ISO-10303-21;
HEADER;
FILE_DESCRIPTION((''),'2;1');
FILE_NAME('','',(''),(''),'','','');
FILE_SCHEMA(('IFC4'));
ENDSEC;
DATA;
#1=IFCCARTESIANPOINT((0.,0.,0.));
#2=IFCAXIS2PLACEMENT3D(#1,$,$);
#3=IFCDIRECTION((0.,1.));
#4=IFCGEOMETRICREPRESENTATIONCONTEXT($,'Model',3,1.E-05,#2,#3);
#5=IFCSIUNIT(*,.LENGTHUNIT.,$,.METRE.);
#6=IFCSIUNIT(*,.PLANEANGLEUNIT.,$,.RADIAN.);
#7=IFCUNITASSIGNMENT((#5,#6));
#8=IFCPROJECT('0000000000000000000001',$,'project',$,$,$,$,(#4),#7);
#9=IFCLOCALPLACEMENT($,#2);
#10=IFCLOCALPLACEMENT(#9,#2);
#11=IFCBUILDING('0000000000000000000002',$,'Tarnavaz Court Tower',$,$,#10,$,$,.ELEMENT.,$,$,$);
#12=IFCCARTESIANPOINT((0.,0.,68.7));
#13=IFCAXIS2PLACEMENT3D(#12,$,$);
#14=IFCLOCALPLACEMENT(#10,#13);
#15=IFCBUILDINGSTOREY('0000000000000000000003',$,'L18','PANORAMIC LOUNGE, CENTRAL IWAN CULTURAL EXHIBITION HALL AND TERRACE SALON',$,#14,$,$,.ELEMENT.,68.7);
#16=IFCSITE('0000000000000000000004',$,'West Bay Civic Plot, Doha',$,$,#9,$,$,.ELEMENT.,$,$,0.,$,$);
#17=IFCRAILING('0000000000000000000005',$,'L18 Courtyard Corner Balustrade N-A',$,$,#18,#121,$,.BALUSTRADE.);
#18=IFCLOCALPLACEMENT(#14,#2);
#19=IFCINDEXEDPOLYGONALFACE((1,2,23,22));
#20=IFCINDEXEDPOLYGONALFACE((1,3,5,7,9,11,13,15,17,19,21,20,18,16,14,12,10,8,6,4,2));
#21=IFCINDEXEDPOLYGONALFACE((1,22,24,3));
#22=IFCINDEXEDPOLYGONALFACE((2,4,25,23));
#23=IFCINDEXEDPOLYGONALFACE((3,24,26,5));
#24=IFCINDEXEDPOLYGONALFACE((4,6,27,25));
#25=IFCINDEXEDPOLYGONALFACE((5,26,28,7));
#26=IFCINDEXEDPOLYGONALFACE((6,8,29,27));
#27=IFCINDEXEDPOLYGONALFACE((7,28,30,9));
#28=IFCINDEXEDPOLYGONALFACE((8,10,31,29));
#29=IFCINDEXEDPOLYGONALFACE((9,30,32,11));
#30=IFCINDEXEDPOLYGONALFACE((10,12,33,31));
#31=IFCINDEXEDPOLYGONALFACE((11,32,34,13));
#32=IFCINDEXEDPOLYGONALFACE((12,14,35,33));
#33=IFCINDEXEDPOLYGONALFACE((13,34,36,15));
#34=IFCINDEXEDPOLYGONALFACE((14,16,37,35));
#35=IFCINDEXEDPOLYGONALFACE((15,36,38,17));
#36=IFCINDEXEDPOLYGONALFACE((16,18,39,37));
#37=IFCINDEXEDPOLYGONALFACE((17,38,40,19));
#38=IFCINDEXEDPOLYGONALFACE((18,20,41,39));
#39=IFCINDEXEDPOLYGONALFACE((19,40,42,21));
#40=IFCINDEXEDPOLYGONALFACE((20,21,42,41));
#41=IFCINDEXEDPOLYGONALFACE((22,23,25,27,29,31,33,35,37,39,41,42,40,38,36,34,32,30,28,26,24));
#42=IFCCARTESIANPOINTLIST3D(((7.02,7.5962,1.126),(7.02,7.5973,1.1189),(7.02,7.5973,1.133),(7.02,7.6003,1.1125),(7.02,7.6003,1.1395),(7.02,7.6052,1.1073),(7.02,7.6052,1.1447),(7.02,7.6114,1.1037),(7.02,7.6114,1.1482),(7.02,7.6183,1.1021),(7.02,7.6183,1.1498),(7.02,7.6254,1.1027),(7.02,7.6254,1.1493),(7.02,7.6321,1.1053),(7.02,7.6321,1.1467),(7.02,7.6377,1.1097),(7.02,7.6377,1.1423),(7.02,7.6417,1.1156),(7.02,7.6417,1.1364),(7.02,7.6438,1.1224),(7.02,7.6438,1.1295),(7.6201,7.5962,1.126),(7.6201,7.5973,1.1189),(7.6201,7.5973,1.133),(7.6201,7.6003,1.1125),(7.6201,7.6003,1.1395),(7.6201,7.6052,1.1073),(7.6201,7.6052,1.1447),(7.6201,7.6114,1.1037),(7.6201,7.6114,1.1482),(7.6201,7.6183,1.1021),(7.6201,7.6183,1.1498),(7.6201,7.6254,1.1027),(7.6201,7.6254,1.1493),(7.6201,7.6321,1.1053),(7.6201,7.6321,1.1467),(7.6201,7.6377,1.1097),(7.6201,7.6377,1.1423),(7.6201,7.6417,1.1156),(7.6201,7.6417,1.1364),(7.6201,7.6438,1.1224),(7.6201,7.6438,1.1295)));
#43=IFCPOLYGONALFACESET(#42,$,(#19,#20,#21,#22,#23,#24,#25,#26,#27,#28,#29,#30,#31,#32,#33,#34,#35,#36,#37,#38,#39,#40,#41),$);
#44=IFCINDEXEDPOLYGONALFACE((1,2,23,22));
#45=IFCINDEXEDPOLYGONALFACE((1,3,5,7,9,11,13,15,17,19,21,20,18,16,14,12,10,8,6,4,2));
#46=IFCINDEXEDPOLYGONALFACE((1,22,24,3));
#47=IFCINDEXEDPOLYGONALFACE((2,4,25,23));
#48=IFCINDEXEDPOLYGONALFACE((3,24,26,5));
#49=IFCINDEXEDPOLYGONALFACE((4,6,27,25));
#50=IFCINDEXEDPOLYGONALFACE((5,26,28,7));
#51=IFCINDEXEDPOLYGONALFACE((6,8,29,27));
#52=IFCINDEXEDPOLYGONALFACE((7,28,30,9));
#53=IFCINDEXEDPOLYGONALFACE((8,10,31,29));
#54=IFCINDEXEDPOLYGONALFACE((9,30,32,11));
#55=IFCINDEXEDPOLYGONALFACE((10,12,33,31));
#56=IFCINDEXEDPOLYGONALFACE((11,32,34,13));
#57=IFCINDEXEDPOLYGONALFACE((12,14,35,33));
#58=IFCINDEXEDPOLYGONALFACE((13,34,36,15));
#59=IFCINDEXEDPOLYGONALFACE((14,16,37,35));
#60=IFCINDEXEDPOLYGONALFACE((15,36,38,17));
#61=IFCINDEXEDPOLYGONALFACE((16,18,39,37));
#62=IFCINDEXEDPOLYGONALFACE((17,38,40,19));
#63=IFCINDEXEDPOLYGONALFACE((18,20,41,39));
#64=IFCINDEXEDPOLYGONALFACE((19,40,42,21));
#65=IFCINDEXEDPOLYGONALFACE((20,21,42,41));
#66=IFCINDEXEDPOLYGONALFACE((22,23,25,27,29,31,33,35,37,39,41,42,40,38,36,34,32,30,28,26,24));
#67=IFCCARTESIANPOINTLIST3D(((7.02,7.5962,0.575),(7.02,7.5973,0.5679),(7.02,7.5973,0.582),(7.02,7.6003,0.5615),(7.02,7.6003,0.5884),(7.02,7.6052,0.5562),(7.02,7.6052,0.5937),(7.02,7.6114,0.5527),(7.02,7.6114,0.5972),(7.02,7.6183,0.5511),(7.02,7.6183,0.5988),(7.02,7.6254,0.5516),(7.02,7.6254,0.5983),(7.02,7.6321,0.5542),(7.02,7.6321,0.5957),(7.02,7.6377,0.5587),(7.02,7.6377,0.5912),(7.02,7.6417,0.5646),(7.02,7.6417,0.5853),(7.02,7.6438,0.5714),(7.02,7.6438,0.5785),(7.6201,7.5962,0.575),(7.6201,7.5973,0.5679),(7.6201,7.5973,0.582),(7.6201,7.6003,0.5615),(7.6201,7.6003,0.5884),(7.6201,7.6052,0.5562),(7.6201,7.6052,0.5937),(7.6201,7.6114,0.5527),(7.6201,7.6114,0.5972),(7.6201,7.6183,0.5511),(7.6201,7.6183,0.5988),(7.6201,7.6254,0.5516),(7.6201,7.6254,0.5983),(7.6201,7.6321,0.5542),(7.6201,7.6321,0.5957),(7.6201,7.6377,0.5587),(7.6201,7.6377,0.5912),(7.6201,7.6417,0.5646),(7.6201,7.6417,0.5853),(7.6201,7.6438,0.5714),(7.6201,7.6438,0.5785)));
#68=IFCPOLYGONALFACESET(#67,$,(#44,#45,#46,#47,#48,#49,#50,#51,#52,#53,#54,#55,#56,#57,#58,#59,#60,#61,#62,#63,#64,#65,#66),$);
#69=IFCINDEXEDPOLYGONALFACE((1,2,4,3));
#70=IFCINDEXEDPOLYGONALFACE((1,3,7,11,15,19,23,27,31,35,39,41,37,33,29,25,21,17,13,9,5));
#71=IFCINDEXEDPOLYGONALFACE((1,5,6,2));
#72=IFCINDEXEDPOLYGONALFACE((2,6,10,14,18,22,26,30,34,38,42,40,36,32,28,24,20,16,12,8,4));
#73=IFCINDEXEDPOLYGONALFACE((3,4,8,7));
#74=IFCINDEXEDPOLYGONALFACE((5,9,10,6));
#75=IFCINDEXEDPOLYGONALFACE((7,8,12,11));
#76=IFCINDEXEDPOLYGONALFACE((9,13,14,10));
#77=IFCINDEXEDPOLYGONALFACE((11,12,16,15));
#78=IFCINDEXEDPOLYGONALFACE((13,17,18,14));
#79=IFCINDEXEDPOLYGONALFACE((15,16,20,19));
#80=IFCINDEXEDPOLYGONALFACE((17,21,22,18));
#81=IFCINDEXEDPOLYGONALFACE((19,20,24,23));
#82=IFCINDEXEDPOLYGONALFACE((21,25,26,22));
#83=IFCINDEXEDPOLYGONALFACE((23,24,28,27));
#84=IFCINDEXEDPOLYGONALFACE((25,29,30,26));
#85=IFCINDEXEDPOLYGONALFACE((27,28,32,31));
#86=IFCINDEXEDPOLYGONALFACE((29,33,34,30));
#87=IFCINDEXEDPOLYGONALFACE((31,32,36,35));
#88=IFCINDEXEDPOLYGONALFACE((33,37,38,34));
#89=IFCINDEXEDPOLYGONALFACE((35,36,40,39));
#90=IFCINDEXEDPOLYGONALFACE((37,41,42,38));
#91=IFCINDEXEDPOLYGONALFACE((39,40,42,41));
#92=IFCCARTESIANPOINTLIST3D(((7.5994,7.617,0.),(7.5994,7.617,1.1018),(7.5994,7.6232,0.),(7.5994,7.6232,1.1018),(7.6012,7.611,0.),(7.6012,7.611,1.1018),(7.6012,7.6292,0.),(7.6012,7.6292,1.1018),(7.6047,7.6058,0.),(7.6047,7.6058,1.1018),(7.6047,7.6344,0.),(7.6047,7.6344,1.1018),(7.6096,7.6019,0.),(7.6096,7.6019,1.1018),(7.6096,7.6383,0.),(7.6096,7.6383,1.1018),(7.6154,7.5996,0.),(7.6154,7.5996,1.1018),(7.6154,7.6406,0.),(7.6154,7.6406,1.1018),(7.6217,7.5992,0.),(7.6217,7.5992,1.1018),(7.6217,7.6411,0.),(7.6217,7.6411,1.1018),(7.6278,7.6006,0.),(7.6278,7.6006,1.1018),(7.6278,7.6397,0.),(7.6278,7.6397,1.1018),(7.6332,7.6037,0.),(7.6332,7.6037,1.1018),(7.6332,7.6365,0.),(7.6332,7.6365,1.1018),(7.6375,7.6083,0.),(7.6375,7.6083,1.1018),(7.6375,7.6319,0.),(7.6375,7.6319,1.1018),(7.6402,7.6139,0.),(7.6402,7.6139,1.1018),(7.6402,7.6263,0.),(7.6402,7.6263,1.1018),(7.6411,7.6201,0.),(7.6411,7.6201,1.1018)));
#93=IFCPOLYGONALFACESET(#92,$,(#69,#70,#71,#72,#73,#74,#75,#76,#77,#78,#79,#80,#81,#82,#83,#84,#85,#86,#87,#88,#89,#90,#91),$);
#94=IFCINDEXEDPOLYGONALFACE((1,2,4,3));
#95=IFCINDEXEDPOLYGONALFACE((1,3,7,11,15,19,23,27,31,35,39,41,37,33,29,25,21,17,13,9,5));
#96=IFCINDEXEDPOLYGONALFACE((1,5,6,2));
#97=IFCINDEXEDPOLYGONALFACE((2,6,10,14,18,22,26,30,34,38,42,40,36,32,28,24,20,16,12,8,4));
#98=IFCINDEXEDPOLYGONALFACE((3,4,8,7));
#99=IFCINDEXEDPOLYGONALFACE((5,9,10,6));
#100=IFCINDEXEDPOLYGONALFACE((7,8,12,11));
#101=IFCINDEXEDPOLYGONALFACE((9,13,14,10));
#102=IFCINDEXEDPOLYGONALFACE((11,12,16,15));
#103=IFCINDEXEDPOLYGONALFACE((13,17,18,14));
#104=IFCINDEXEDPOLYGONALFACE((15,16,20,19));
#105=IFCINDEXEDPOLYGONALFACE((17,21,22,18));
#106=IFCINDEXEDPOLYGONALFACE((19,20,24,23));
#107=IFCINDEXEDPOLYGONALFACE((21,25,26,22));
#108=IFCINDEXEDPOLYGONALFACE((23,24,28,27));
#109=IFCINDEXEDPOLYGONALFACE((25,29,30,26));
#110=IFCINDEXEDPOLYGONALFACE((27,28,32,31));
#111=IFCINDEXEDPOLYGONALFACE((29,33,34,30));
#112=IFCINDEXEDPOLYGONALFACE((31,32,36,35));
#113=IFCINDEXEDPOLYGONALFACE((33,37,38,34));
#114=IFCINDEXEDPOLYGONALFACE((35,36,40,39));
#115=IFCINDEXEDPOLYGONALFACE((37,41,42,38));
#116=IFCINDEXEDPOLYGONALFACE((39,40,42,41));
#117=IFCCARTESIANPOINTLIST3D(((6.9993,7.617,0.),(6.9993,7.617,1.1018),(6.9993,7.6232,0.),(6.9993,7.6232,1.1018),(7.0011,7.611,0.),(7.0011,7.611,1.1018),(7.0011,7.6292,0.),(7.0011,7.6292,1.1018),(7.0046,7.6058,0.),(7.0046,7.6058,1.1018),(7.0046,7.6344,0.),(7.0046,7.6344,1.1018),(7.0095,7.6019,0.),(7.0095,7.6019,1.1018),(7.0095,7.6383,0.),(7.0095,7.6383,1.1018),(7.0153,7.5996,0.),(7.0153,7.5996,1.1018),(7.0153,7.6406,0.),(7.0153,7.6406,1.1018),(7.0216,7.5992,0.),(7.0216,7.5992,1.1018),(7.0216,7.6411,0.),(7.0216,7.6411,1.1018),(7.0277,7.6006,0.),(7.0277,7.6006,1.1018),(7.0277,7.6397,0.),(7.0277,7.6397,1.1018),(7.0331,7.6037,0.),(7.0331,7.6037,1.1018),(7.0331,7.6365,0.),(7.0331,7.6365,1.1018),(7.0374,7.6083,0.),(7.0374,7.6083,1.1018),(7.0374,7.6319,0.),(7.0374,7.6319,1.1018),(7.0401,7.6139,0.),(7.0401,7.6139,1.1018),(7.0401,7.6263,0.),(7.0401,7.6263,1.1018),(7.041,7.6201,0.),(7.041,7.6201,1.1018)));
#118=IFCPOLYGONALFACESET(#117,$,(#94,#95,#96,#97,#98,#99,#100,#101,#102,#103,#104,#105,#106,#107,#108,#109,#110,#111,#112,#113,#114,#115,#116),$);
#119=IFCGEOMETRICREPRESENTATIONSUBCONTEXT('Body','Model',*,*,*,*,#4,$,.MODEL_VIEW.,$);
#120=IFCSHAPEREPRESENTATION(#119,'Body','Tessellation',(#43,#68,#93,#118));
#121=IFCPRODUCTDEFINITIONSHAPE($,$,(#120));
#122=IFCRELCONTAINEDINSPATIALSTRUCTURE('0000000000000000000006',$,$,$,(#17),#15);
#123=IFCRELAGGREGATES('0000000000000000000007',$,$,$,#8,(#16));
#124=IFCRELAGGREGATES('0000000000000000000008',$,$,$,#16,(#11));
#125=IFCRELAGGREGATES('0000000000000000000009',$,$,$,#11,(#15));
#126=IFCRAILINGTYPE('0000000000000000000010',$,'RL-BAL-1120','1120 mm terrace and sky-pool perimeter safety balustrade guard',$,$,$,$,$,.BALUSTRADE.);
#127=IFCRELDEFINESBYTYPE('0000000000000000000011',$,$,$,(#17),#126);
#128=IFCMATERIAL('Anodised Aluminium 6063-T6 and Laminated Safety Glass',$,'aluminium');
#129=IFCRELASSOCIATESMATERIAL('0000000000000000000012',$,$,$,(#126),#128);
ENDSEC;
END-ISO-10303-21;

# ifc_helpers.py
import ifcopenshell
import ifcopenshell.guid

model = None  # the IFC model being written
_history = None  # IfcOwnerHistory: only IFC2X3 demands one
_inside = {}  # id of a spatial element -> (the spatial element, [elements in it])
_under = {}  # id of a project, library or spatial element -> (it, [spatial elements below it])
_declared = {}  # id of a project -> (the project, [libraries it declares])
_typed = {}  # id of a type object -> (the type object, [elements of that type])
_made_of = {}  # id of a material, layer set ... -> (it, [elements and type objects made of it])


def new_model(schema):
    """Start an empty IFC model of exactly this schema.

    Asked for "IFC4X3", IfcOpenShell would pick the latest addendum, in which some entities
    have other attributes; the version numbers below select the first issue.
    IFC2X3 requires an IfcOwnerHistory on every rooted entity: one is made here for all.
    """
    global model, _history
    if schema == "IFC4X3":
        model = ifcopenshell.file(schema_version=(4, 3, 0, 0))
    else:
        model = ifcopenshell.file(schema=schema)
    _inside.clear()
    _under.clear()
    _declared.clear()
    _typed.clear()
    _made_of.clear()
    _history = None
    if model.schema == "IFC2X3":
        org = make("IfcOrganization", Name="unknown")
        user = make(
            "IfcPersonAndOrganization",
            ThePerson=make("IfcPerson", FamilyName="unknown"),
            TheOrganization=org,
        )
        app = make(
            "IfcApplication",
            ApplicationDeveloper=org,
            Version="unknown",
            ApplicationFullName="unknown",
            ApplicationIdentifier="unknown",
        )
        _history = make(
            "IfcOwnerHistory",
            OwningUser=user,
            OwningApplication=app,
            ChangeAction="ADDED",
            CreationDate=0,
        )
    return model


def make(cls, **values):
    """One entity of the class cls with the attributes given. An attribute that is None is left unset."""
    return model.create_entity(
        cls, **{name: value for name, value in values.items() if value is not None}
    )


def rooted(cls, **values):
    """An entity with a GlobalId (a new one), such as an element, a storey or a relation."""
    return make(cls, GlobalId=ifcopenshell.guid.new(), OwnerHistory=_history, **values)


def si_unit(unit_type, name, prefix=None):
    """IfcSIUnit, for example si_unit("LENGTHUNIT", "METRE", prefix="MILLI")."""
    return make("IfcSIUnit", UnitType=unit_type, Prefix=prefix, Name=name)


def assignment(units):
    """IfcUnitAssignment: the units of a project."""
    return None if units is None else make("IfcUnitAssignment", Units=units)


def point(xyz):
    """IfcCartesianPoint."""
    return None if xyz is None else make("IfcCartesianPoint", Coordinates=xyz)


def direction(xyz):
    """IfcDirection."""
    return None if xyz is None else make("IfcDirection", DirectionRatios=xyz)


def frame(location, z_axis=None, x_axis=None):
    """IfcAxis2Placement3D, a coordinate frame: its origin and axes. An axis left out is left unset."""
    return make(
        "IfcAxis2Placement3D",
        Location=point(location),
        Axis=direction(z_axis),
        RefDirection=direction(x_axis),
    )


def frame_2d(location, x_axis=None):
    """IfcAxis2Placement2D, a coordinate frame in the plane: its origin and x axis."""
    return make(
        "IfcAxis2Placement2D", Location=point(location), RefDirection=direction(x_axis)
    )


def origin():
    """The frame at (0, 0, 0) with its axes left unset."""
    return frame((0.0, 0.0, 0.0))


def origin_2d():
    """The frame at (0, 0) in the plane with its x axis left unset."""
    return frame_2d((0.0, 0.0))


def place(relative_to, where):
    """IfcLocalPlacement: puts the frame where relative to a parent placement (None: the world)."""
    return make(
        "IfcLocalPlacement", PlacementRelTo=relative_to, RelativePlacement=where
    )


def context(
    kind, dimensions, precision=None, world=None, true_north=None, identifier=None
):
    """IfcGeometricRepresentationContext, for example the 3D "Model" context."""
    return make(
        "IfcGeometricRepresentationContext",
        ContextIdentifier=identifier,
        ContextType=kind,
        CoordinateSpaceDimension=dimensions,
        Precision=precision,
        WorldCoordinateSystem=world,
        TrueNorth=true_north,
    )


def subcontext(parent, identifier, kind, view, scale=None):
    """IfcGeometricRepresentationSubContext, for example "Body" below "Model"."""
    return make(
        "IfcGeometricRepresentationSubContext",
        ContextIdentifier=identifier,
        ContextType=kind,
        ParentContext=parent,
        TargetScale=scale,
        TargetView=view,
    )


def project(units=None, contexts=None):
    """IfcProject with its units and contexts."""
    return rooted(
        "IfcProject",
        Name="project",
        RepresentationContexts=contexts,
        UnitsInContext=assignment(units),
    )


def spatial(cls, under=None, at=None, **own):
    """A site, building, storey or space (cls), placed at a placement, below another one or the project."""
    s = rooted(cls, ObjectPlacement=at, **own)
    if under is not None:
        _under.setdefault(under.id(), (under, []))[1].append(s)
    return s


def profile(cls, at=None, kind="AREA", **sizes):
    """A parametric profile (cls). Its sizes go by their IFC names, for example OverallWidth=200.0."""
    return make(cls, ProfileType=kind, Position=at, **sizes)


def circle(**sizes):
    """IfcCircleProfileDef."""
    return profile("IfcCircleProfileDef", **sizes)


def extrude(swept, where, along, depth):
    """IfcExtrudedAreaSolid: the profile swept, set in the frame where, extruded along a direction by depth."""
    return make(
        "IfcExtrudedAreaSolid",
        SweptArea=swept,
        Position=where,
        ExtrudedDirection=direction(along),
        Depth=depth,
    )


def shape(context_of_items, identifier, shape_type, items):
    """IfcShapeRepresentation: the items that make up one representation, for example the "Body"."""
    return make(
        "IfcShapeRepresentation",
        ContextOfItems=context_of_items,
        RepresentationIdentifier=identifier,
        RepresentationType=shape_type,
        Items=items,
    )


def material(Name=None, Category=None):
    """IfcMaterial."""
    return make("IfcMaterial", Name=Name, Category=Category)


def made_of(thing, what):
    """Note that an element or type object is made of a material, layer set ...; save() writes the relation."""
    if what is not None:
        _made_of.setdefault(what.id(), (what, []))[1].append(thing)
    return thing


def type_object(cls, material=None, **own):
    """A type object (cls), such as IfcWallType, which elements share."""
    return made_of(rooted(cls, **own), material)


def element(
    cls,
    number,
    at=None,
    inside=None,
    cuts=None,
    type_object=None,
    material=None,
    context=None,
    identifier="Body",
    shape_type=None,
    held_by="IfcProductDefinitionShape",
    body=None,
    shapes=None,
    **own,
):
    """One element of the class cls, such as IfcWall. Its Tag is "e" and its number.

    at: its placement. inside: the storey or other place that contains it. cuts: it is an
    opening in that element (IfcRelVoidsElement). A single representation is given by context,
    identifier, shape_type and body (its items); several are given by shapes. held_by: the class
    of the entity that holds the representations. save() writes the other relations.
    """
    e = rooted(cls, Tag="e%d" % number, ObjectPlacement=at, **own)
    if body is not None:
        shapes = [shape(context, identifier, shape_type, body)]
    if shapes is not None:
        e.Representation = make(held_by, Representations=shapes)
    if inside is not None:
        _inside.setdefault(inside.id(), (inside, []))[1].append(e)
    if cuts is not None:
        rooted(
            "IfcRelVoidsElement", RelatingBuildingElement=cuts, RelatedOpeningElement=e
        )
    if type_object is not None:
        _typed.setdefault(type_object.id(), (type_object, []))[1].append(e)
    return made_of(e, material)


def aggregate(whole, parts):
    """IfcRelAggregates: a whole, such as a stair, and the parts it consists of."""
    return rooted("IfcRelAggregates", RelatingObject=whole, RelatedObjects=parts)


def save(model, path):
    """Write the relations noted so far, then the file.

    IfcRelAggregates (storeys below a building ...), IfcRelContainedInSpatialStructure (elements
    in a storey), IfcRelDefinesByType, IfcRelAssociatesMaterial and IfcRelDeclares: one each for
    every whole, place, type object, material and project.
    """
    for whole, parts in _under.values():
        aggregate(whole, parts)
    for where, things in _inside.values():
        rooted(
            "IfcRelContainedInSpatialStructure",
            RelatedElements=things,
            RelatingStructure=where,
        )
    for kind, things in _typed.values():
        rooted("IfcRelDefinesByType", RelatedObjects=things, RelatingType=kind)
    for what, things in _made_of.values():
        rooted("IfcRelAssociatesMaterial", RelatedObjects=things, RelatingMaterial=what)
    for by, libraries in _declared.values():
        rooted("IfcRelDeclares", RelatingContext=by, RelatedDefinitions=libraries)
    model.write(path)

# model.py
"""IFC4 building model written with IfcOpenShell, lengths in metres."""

from ifc_helpers import new_model, si_unit, direction, frame, origin, origin_2d, place, context, subcontext, project, spatial, circle, extrude, material, type_object, element, save


model = new_model("IFC4")

# Units and contexts
model_context = context("Model", 3, precision=1e-05, world=origin(), true_north=direction((0.0, 1.0)))
body_context = subcontext(model_context, "Body", "Model", "MODEL_VIEW")
ifc_project = project(units=[si_unit("LENGTHUNIT", "METRE"), si_unit("PLANEANGLEUNIT", "RADIAN")], contexts=[model_context])

# Site, building, storey
site_placement = place(None, origin())
site = spatial("IfcSite", under=ifc_project, at=site_placement, Name="West Bay Civic Plot, Doha", CompositionType="ELEMENT", RefElevation=0.0)
building_placement = place(site_placement, origin())
building = spatial("IfcBuilding", under=site, at=building_placement, Name="Tarnavaz Court Tower", CompositionType="ELEMENT")
storey_placement = place(building_placement, frame((0.0, 0.0, 68.7)))
storey = spatial("IfcBuildingStorey", under=building, at=storey_placement, Name="L18", Description="PANORAMIC LOUNGE, CENTRAL IWAN CULTURAL EXHIBITION HALL AND TERRACE SALON", CompositionType="ELEMENT", Elevation=68.7)

# Railing
ifc_material_1 = material(Name="Anodised Aluminium 6063-T6 and Laminated Safety Glass", Category="aluminium")
railing_type_1 = type_object("IfcRailingType", Name="RL-BAL-1120", Description="1120 mm terrace and sky-pool perimeter safety balustrade guard", PredefinedType="BALUSTRADE", material=ifc_material_1)
railing_1_placement = place(storey_placement, frame((7.6201, 7.6201, 0.0)))
element("IfcRailing", 1, at=railing_1_placement, inside=storey, type_object=railing_type_1, Name="L18 Courtyard Corner Balustrade N-A", PredefinedType="BALUSTRADE", context=body_context, shape_type="SweptSolid", body=[
    extrude(circle(Radius=0.0239, at=origin_2d()), frame((0.0, 0.0, 1.126), z_axis=(-1.0, 0.0, 0.0), x_axis=(0.0, -1.0, 0.0)), (0.0, 0.0, 1.0), 0.6001),
    extrude(circle(Radius=0.0239, at=origin_2d()), frame((0.0, 0.0, 0.575), z_axis=(-1.0, 0.0, 0.0), x_axis=(0.0, -1.0, 0.0)), (0.0, 0.0, 1.0), 0.6001),
    extrude(circle(Radius=0.021, at=origin_2d()), origin(), (0.0, 0.0, 1.0), 1.1018),
    extrude(circle(Radius=0.021, at=origin_2d()), frame((-0.6001, 0.0, 0.0)), (0.0, 0.0, 1.0), 1.1018),
])

save(model, "model.ifc")
